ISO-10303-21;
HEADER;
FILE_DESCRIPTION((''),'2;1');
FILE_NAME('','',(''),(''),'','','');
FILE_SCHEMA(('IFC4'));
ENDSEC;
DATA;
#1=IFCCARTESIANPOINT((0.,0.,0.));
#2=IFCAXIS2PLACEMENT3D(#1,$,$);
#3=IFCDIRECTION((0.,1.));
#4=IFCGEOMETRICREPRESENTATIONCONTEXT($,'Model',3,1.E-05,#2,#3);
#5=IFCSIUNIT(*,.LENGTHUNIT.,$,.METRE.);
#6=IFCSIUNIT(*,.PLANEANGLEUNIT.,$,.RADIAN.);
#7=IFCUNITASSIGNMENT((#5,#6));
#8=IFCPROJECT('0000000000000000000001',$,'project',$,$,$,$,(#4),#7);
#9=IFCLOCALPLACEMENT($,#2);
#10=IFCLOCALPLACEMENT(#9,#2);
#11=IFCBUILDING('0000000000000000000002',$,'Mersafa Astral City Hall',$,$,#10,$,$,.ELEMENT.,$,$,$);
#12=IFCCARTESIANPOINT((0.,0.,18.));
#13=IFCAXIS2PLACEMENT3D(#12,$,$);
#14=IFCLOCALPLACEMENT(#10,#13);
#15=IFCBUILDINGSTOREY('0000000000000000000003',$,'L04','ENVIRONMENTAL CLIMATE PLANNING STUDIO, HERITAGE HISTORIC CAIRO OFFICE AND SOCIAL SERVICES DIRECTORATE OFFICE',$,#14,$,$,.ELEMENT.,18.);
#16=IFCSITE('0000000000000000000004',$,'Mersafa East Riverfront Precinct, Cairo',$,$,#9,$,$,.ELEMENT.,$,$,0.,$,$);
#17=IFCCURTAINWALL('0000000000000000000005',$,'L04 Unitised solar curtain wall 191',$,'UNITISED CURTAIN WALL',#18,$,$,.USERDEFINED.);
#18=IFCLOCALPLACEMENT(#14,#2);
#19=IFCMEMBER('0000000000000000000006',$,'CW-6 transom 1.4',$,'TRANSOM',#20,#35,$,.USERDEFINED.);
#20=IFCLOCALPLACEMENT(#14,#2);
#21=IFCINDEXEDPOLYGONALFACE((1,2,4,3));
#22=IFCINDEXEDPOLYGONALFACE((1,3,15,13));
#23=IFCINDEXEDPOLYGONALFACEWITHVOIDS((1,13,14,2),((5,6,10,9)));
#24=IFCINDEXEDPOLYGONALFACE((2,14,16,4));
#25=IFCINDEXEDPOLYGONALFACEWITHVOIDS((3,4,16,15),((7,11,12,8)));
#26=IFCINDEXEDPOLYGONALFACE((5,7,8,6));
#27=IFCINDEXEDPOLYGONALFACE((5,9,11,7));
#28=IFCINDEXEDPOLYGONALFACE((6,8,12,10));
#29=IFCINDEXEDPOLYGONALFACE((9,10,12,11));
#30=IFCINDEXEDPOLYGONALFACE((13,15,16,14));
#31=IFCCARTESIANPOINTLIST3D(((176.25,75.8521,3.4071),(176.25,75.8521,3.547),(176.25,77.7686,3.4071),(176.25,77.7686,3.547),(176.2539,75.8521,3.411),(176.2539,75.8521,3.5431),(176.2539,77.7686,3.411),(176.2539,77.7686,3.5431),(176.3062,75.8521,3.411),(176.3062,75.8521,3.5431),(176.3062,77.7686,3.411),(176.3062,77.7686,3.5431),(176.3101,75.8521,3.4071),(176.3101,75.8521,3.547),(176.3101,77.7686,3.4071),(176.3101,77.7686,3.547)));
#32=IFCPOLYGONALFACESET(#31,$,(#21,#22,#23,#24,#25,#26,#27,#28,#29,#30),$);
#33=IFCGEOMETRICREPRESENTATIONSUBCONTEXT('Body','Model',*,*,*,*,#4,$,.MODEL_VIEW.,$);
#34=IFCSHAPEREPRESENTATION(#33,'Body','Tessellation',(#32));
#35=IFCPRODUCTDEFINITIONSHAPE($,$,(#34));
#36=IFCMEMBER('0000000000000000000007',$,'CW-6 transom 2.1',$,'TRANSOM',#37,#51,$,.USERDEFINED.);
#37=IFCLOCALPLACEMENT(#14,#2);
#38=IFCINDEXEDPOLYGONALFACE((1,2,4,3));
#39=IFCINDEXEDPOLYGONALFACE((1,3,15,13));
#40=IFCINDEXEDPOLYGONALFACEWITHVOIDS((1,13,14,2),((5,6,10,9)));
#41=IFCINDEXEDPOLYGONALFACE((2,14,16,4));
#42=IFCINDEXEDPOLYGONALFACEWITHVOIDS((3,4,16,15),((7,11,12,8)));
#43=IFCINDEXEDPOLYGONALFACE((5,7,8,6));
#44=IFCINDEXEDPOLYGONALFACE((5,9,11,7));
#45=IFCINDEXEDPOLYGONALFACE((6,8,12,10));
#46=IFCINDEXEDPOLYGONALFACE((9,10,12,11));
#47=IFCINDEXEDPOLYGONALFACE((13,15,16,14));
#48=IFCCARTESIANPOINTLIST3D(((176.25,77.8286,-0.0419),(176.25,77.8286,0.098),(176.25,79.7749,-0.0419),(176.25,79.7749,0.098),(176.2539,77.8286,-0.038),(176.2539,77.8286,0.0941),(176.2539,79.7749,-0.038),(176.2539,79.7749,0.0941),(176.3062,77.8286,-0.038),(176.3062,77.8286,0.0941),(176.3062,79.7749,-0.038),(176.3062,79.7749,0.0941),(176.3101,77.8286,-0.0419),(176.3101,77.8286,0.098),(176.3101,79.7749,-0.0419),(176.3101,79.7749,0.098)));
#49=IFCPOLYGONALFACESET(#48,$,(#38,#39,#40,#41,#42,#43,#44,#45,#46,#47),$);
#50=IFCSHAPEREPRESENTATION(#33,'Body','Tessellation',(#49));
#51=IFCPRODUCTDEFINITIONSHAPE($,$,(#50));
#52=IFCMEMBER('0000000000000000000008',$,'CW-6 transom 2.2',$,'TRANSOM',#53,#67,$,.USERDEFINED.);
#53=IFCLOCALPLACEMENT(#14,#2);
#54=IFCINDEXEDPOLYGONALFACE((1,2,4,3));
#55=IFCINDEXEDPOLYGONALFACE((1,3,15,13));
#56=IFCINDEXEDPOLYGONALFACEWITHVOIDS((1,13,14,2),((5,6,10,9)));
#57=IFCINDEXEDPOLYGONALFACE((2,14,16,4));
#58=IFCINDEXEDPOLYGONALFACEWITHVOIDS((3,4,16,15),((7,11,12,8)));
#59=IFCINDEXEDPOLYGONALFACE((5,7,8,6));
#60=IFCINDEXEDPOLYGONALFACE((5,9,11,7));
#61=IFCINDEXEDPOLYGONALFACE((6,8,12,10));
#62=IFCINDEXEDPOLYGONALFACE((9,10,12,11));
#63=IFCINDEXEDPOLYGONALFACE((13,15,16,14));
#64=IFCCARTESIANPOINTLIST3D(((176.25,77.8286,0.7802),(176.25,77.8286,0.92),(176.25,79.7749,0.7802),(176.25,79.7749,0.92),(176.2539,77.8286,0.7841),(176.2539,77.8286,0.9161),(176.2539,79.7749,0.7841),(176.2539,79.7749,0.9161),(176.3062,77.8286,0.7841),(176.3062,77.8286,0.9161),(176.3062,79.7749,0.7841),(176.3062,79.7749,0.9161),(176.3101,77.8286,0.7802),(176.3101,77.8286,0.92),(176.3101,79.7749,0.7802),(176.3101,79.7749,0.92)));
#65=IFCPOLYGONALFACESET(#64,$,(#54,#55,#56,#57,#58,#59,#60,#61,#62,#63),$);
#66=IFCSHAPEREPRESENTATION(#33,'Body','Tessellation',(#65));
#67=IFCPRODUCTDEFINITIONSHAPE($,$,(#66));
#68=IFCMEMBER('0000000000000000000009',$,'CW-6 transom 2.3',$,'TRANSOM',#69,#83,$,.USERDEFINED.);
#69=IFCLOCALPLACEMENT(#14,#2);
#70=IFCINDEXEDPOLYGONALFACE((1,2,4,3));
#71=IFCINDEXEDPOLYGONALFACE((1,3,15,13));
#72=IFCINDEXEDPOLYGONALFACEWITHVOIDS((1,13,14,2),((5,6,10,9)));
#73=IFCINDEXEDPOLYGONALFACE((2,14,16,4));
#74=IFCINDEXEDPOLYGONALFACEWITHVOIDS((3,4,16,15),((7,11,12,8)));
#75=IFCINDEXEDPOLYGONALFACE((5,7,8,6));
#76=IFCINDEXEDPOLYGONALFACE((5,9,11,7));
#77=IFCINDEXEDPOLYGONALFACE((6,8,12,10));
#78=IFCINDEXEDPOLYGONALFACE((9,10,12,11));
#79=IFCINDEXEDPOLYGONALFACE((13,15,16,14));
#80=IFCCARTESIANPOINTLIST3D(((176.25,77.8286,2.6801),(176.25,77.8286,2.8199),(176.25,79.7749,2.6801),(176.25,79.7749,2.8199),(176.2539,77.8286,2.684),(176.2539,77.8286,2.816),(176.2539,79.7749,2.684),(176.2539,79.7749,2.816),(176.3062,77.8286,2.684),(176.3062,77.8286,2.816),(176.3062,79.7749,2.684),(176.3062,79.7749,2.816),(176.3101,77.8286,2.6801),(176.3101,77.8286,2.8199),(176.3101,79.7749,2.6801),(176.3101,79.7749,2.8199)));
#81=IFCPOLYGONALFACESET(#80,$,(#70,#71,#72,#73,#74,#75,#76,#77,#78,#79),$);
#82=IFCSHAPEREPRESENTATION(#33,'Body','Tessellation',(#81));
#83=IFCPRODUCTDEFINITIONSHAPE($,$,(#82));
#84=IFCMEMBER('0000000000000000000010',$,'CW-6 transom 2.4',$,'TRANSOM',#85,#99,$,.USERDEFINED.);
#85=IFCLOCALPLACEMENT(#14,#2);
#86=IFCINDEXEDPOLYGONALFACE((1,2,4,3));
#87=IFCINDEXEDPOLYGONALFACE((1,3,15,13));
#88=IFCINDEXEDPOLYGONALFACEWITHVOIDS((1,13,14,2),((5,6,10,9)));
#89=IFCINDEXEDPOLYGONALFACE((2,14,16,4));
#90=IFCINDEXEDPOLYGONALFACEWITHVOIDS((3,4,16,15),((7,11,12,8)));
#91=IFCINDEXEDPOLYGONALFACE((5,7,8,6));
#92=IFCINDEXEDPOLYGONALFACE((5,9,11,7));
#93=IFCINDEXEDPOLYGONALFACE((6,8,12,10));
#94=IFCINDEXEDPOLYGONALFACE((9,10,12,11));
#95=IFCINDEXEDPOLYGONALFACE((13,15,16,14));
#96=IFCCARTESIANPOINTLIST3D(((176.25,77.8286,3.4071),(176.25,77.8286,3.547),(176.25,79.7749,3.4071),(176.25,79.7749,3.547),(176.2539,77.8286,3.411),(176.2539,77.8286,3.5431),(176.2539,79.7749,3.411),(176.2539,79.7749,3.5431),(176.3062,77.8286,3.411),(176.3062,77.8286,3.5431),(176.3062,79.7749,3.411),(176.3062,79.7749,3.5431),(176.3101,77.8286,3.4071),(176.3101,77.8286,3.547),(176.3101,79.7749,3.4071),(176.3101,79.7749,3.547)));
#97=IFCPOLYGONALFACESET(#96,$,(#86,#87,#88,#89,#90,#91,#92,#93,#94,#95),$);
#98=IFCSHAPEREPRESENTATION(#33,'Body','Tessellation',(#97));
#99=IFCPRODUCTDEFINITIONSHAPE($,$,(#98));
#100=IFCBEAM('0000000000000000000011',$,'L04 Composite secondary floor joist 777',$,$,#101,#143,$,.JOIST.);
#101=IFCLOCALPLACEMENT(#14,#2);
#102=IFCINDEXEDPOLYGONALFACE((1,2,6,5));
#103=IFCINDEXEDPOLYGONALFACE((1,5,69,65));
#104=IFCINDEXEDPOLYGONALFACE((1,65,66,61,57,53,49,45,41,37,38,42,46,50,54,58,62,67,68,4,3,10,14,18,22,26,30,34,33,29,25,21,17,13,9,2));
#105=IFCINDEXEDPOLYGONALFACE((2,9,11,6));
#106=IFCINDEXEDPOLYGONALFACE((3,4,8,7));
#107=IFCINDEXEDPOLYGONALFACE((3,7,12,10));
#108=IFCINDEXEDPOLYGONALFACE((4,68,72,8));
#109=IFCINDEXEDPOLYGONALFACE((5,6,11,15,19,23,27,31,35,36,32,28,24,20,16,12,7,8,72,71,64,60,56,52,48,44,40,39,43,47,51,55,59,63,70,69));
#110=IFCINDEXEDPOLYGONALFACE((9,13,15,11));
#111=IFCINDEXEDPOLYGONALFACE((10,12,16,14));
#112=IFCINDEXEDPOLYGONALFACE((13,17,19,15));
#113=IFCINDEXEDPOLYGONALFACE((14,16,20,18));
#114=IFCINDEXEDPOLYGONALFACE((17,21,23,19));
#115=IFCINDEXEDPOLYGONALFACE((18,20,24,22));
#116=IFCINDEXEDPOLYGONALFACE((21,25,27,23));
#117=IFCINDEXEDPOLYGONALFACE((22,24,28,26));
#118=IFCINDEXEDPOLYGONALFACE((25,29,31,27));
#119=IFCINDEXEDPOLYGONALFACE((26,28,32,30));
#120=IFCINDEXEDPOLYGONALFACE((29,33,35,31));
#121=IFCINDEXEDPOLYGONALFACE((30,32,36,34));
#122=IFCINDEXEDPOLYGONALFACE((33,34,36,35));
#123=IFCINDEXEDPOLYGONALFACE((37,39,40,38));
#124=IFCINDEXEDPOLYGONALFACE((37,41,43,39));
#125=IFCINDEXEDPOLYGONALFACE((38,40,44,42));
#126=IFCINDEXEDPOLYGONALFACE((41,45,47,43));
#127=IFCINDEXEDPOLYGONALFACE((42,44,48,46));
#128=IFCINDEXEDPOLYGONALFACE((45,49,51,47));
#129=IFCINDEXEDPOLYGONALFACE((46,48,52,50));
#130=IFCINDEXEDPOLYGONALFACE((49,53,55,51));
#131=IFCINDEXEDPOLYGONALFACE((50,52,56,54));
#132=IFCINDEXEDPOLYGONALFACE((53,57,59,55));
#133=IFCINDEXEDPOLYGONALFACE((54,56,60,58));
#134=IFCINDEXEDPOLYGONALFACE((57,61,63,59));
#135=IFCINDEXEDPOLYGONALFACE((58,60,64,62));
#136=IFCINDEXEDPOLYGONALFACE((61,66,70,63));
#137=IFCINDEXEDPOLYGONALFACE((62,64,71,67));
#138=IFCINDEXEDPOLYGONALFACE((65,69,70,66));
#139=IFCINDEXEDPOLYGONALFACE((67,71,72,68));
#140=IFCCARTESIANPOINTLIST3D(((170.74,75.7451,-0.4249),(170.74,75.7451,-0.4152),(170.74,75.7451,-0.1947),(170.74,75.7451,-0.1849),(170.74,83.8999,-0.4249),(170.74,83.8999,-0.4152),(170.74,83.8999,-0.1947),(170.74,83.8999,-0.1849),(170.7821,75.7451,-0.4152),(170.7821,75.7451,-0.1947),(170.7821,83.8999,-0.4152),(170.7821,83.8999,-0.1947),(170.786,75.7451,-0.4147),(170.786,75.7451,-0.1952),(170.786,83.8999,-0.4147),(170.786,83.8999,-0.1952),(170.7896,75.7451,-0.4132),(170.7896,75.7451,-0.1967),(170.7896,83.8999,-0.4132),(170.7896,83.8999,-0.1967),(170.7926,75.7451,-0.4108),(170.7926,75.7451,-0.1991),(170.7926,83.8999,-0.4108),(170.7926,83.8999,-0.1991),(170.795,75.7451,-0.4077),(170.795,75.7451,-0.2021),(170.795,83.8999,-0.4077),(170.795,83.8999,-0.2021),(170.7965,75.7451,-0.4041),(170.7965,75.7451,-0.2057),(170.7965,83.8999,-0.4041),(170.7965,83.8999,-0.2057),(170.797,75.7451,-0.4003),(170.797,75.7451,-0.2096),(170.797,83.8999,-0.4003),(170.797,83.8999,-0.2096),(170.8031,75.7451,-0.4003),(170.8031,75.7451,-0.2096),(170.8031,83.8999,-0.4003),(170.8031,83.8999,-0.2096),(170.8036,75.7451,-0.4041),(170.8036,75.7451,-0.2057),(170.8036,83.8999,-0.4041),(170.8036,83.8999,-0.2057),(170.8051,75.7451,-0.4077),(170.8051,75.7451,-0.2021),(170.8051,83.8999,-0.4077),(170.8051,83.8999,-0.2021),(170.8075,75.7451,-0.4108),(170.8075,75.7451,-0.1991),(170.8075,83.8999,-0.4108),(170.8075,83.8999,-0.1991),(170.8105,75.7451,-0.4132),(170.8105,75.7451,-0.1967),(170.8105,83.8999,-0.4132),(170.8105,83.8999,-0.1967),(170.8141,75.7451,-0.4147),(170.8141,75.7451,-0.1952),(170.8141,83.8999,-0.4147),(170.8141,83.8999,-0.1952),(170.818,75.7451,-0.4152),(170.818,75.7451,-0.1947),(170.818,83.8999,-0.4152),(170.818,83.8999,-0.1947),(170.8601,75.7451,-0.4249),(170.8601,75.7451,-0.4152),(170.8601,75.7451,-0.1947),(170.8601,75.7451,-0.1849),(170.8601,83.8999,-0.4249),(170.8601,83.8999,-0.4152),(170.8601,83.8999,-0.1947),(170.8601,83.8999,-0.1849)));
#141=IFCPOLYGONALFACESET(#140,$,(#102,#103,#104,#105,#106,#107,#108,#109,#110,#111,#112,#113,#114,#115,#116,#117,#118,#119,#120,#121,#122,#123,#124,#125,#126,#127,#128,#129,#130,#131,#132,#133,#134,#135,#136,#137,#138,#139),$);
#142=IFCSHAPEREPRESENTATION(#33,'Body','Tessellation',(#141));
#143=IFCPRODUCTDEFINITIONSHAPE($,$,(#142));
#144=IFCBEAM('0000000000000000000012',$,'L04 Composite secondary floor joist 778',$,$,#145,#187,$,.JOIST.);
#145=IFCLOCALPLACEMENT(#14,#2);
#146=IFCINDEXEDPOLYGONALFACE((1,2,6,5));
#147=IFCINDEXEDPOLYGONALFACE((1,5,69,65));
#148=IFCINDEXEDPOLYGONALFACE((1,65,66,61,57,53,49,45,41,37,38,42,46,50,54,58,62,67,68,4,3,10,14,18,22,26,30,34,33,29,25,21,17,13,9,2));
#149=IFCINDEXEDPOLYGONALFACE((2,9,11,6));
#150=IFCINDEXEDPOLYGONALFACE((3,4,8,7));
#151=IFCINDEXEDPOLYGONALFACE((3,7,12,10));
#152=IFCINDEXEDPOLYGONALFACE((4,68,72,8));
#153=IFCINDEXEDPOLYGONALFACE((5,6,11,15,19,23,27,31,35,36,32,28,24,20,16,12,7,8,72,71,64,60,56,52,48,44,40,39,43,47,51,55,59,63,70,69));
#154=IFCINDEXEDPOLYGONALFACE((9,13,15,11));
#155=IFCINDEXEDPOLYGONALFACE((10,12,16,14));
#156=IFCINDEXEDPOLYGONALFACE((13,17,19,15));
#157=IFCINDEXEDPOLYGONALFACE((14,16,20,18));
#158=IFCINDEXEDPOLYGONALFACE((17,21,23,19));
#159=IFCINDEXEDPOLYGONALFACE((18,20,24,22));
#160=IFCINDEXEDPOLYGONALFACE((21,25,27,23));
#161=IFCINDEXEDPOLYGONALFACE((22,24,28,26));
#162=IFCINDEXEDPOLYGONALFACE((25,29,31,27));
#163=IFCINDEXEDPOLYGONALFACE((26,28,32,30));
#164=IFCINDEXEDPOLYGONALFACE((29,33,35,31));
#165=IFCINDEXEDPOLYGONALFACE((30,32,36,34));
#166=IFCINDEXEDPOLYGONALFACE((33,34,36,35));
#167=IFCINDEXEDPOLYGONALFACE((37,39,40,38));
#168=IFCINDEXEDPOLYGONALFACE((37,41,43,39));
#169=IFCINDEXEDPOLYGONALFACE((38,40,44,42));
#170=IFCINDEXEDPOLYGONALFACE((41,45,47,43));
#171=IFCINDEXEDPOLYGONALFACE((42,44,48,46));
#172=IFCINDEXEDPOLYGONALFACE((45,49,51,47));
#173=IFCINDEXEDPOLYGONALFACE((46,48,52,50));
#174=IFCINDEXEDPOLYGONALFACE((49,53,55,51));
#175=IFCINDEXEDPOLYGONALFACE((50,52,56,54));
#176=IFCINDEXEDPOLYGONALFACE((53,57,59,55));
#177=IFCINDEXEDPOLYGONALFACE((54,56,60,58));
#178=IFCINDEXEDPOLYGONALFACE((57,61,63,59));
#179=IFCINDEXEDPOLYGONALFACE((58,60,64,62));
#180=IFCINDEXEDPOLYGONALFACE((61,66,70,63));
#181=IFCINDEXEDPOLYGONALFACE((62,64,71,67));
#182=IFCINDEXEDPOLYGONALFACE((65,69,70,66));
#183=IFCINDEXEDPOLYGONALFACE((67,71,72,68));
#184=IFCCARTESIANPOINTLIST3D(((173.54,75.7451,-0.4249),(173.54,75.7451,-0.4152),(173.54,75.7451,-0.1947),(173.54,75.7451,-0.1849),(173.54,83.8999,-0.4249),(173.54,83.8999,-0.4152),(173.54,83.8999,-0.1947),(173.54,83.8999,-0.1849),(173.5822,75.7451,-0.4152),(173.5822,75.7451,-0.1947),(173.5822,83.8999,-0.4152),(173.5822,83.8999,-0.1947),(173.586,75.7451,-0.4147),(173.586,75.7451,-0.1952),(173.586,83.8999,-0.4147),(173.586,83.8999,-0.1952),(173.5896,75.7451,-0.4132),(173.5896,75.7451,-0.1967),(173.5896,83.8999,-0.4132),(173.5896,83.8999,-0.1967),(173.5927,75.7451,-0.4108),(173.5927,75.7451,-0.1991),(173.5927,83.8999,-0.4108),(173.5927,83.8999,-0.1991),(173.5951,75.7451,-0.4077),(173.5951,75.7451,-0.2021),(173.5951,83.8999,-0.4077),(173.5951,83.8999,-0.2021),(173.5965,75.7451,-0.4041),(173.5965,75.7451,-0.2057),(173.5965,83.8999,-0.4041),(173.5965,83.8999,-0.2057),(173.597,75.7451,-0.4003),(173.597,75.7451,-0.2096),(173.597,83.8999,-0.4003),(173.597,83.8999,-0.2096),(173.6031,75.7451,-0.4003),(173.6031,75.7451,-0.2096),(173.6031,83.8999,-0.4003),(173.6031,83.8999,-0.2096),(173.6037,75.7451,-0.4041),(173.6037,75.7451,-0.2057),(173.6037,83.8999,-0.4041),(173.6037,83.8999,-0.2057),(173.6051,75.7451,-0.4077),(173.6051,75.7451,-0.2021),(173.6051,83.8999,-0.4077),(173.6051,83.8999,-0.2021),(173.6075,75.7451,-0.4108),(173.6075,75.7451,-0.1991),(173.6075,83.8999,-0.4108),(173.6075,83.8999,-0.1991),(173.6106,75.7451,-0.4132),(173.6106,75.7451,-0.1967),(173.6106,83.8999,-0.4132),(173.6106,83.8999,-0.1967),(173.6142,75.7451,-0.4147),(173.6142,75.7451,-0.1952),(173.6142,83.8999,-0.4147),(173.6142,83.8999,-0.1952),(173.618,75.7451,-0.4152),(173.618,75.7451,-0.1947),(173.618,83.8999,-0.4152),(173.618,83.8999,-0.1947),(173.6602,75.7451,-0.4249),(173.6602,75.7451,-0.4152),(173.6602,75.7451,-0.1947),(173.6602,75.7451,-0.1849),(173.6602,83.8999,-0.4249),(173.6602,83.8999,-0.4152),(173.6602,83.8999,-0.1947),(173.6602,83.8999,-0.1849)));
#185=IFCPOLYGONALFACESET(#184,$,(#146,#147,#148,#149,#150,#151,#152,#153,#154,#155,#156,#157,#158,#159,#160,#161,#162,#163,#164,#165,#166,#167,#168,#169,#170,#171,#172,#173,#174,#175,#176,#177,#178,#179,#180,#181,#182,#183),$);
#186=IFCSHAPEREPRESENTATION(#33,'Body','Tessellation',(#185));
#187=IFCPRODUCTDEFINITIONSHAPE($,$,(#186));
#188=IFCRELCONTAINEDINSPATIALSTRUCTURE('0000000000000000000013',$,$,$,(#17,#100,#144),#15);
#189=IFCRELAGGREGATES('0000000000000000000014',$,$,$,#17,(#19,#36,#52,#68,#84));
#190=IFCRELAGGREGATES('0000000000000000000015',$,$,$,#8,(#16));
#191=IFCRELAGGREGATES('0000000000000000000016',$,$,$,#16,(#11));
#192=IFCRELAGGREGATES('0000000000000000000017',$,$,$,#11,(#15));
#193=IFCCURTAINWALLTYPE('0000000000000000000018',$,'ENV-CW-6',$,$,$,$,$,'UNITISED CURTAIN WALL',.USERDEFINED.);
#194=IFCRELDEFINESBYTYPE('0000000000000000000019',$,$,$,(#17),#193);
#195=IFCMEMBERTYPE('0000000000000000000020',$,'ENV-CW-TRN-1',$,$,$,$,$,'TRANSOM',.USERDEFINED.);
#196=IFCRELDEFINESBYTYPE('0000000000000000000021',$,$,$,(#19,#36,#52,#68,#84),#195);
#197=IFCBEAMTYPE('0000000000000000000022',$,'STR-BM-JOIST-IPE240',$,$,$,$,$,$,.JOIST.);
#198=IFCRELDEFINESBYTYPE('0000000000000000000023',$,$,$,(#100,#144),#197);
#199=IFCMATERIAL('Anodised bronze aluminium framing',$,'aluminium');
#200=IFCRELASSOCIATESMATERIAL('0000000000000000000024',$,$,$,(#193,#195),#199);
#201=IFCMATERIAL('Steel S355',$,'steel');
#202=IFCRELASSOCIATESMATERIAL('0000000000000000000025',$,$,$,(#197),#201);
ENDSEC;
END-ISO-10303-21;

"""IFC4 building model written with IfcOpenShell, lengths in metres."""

from ifc_helpers import new_model, si_unit, direction, frame, origin, origin_2d, place, context, subcontext, project, spatial, hollow_rectangle, i_section, extrude, material, material_profile, profile_set, type_object, element, aggregate, save


model = new_model("IFC4")

# Units and contexts
model_context = context("Model", 3, precision=1e-05, world=origin(), true_north=direction((0.0, 1.0)))
body_context = subcontext(model_context, "Body", "Model", "MODEL_VIEW")
ifc_project = project(units=[si_unit("LENGTHUNIT", "METRE"), si_unit("PLANEANGLEUNIT", "RADIAN")], contexts=[model_context])

# Site, building, storey
site_placement = place(None, origin())
site = spatial("IfcSite", under=ifc_project, at=site_placement, Name="Mersafa East Riverfront Precinct, Cairo", CompositionType="ELEMENT", RefElevation=0.0)
building_placement = place(site_placement, origin())
building = spatial("IfcBuilding", under=site, at=building_placement, Name="Mersafa Astral City Hall", CompositionType="ELEMENT")
storey_placement = place(building_placement, frame((0.0, 0.0, 18.0)))
storey = spatial("IfcBuildingStorey", under=building, at=storey_placement, Name="L04", Description="ENVIRONMENTAL CLIMATE PLANNING STUDIO, HERITAGE HISTORIC CAIRO OFFICE AND SOCIAL SERVICES DIRECTORATE OFFICE", CompositionType="ELEMENT", Elevation=18.0)

# Shared definitions
ifc_material_1 = material(Name="Steel S355", Category="steel")

# Curtain wall, members
ifc_material_2 = material(Name="Anodised bronze aluminium framing", Category="aluminium")
curtain_wall_type = type_object("IfcCurtainWallType", Name="ENV-CW-6", ElementType="UNITISED CURTAIN WALL", PredefinedType="USERDEFINED", material=ifc_material_2)
curtain_wall_placement = place(storey_placement, origin())
curtain_wall = element("IfcCurtainWall", 1, at=curtain_wall_placement, inside=storey, type_object=curtain_wall_type, Name="L04 Unitised solar curtain wall 191", ObjectType="UNITISED CURTAIN WALL", PredefinedType="USERDEFINED")
ifc_material_profile_1 = material_profile(ifc_material_2, hollow_rectangle(XDim=0.0601, YDim=0.1399, WallThickness=0.0039, at=origin_2d()), Name="RHS 60x140x4")
ifc_profile_set_1 = profile_set([ifc_material_profile_1], Name="Anodised bronze aluminium framing")
member_type_1 = type_object("IfcMemberType", Name="ENV-CW-TRN-1", ElementType="TRANSOM", PredefinedType="USERDEFINED", material=ifc_profile_set_1)
member_1_placement = place(storey_placement, frame((176.28, 75.8521, 3.4771), z_axis=(0.0, 1.0, 0.0), x_axis=(-1.0, 0.0, 0.0)))
member_1 = element("IfcMember", 2, at=member_1_placement, type_object=member_type_1, Name="CW-6 transom 1.4", ObjectType="TRANSOM", PredefinedType="USERDEFINED", context=body_context, shape_type="SweptSolid", body=[
    extrude(hollow_rectangle(XDim=0.0601, YDim=0.1399, WallThickness=0.0039, at=origin_2d()), origin(), (0.0, 0.0, 1.0), 1.9165),
])
member_2_placement = place(storey_placement, frame((176.28, 77.8286, 0.0281), z_axis=(0.0, 1.0, 0.0), x_axis=(-1.0, 0.0, 0.0)))
member_2 = element("IfcMember", 3, at=member_2_placement, type_object=member_type_1, Name="CW-6 transom 2.1", ObjectType="TRANSOM", PredefinedType="USERDEFINED", context=body_context, shape_type="SweptSolid", body=[
    extrude(hollow_rectangle(XDim=0.0601, YDim=0.1399, WallThickness=0.0039, at=origin_2d()), origin(), (0.0, 0.0, 1.0), 1.9463),
])
member_3_placement = place(storey_placement, frame((176.28, 77.8286, 0.8501), z_axis=(0.0, 1.0, 0.0), x_axis=(-1.0, 0.0, 0.0)))
member_3 = element("IfcMember", 4, at=member_3_placement, type_object=member_type_1, Name="CW-6 transom 2.2", ObjectType="TRANSOM", PredefinedType="USERDEFINED", context=body_context, shape_type="SweptSolid", body=[
    extrude(hollow_rectangle(XDim=0.0601, YDim=0.1399, WallThickness=0.0039, at=origin_2d()), origin(), (0.0, 0.0, 1.0), 1.9463),
])
member_4_placement = place(storey_placement, frame((176.28, 77.8286, 2.75), z_axis=(0.0, 1.0, 0.0), x_axis=(-1.0, 0.0, 0.0)))
member_4 = element("IfcMember", 5, at=member_4_placement, type_object=member_type_1, Name="CW-6 transom 2.3", ObjectType="TRANSOM", PredefinedType="USERDEFINED", context=body_context, shape_type="SweptSolid", body=[
    extrude(hollow_rectangle(XDim=0.0601, YDim=0.1399, WallThickness=0.0039, at=origin_2d()), origin(), (0.0, 0.0, 1.0), 1.9463),
])
member_5_placement = place(storey_placement, frame((176.28, 77.8286, 3.4771), z_axis=(0.0, 1.0, 0.0), x_axis=(-1.0, 0.0, 0.0)))
member_5 = element("IfcMember", 6, at=member_5_placement, type_object=member_type_1, Name="CW-6 transom 2.4", ObjectType="TRANSOM", PredefinedType="USERDEFINED", context=body_context, shape_type="SweptSolid", body=[
    extrude(hollow_rectangle(XDim=0.0601, YDim=0.1399, WallThickness=0.0039, at=origin_2d()), origin(), (0.0, 0.0, 1.0), 1.9463),
])

# Beams
ifc_material_profile_2 = material_profile(ifc_material_1, i_section(OverallWidth=0.1201, OverallDepth=0.24, WebThickness=0.0061, FlangeThickness=0.0098, FilletRadius=0.0149, at=origin_2d()), Name="IPE 240")
ifc_profile_set_2 = profile_set([ifc_material_profile_2], Name="Steel S355")
beam_type_1 = type_object("IfcBeamType", Name="STR-BM-JOIST-IPE240", PredefinedType="JOIST", material=ifc_profile_set_2)
for number, where, z_axis, x_axis, name in (
    (7, (170.8, 75.7451, -0.3049), (0.0, 1.0, 0.0), (-1.0, 0.0, 0.0), "L04 Composite secondary floor joist 777"),
    (8, (173.6001, 75.7451, -0.3049), (0.0, 1.0, 0.0), (-1.0, 0.0, 0.0), "L04 Composite secondary floor joist 778"),
):
    element("IfcBeam", number, at=place(storey_placement, frame(where, z_axis=z_axis, x_axis=x_axis)), inside=storey, type_object=beam_type_1, Name=name, PredefinedType="JOIST", context=body_context, shape_type="SweptSolid", body=[
        extrude(i_section(OverallWidth=0.1201, OverallDepth=0.24, WebThickness=0.0061, FlangeThickness=0.0098, FilletRadius=0.0149, at=origin_2d()), origin(), (0.0, 0.0, 1.0), 8.1548),
    ])

aggregate(curtain_wall, [member_1, member_2, member_3, member_4, member_5])

save(model, "model.ifc")
